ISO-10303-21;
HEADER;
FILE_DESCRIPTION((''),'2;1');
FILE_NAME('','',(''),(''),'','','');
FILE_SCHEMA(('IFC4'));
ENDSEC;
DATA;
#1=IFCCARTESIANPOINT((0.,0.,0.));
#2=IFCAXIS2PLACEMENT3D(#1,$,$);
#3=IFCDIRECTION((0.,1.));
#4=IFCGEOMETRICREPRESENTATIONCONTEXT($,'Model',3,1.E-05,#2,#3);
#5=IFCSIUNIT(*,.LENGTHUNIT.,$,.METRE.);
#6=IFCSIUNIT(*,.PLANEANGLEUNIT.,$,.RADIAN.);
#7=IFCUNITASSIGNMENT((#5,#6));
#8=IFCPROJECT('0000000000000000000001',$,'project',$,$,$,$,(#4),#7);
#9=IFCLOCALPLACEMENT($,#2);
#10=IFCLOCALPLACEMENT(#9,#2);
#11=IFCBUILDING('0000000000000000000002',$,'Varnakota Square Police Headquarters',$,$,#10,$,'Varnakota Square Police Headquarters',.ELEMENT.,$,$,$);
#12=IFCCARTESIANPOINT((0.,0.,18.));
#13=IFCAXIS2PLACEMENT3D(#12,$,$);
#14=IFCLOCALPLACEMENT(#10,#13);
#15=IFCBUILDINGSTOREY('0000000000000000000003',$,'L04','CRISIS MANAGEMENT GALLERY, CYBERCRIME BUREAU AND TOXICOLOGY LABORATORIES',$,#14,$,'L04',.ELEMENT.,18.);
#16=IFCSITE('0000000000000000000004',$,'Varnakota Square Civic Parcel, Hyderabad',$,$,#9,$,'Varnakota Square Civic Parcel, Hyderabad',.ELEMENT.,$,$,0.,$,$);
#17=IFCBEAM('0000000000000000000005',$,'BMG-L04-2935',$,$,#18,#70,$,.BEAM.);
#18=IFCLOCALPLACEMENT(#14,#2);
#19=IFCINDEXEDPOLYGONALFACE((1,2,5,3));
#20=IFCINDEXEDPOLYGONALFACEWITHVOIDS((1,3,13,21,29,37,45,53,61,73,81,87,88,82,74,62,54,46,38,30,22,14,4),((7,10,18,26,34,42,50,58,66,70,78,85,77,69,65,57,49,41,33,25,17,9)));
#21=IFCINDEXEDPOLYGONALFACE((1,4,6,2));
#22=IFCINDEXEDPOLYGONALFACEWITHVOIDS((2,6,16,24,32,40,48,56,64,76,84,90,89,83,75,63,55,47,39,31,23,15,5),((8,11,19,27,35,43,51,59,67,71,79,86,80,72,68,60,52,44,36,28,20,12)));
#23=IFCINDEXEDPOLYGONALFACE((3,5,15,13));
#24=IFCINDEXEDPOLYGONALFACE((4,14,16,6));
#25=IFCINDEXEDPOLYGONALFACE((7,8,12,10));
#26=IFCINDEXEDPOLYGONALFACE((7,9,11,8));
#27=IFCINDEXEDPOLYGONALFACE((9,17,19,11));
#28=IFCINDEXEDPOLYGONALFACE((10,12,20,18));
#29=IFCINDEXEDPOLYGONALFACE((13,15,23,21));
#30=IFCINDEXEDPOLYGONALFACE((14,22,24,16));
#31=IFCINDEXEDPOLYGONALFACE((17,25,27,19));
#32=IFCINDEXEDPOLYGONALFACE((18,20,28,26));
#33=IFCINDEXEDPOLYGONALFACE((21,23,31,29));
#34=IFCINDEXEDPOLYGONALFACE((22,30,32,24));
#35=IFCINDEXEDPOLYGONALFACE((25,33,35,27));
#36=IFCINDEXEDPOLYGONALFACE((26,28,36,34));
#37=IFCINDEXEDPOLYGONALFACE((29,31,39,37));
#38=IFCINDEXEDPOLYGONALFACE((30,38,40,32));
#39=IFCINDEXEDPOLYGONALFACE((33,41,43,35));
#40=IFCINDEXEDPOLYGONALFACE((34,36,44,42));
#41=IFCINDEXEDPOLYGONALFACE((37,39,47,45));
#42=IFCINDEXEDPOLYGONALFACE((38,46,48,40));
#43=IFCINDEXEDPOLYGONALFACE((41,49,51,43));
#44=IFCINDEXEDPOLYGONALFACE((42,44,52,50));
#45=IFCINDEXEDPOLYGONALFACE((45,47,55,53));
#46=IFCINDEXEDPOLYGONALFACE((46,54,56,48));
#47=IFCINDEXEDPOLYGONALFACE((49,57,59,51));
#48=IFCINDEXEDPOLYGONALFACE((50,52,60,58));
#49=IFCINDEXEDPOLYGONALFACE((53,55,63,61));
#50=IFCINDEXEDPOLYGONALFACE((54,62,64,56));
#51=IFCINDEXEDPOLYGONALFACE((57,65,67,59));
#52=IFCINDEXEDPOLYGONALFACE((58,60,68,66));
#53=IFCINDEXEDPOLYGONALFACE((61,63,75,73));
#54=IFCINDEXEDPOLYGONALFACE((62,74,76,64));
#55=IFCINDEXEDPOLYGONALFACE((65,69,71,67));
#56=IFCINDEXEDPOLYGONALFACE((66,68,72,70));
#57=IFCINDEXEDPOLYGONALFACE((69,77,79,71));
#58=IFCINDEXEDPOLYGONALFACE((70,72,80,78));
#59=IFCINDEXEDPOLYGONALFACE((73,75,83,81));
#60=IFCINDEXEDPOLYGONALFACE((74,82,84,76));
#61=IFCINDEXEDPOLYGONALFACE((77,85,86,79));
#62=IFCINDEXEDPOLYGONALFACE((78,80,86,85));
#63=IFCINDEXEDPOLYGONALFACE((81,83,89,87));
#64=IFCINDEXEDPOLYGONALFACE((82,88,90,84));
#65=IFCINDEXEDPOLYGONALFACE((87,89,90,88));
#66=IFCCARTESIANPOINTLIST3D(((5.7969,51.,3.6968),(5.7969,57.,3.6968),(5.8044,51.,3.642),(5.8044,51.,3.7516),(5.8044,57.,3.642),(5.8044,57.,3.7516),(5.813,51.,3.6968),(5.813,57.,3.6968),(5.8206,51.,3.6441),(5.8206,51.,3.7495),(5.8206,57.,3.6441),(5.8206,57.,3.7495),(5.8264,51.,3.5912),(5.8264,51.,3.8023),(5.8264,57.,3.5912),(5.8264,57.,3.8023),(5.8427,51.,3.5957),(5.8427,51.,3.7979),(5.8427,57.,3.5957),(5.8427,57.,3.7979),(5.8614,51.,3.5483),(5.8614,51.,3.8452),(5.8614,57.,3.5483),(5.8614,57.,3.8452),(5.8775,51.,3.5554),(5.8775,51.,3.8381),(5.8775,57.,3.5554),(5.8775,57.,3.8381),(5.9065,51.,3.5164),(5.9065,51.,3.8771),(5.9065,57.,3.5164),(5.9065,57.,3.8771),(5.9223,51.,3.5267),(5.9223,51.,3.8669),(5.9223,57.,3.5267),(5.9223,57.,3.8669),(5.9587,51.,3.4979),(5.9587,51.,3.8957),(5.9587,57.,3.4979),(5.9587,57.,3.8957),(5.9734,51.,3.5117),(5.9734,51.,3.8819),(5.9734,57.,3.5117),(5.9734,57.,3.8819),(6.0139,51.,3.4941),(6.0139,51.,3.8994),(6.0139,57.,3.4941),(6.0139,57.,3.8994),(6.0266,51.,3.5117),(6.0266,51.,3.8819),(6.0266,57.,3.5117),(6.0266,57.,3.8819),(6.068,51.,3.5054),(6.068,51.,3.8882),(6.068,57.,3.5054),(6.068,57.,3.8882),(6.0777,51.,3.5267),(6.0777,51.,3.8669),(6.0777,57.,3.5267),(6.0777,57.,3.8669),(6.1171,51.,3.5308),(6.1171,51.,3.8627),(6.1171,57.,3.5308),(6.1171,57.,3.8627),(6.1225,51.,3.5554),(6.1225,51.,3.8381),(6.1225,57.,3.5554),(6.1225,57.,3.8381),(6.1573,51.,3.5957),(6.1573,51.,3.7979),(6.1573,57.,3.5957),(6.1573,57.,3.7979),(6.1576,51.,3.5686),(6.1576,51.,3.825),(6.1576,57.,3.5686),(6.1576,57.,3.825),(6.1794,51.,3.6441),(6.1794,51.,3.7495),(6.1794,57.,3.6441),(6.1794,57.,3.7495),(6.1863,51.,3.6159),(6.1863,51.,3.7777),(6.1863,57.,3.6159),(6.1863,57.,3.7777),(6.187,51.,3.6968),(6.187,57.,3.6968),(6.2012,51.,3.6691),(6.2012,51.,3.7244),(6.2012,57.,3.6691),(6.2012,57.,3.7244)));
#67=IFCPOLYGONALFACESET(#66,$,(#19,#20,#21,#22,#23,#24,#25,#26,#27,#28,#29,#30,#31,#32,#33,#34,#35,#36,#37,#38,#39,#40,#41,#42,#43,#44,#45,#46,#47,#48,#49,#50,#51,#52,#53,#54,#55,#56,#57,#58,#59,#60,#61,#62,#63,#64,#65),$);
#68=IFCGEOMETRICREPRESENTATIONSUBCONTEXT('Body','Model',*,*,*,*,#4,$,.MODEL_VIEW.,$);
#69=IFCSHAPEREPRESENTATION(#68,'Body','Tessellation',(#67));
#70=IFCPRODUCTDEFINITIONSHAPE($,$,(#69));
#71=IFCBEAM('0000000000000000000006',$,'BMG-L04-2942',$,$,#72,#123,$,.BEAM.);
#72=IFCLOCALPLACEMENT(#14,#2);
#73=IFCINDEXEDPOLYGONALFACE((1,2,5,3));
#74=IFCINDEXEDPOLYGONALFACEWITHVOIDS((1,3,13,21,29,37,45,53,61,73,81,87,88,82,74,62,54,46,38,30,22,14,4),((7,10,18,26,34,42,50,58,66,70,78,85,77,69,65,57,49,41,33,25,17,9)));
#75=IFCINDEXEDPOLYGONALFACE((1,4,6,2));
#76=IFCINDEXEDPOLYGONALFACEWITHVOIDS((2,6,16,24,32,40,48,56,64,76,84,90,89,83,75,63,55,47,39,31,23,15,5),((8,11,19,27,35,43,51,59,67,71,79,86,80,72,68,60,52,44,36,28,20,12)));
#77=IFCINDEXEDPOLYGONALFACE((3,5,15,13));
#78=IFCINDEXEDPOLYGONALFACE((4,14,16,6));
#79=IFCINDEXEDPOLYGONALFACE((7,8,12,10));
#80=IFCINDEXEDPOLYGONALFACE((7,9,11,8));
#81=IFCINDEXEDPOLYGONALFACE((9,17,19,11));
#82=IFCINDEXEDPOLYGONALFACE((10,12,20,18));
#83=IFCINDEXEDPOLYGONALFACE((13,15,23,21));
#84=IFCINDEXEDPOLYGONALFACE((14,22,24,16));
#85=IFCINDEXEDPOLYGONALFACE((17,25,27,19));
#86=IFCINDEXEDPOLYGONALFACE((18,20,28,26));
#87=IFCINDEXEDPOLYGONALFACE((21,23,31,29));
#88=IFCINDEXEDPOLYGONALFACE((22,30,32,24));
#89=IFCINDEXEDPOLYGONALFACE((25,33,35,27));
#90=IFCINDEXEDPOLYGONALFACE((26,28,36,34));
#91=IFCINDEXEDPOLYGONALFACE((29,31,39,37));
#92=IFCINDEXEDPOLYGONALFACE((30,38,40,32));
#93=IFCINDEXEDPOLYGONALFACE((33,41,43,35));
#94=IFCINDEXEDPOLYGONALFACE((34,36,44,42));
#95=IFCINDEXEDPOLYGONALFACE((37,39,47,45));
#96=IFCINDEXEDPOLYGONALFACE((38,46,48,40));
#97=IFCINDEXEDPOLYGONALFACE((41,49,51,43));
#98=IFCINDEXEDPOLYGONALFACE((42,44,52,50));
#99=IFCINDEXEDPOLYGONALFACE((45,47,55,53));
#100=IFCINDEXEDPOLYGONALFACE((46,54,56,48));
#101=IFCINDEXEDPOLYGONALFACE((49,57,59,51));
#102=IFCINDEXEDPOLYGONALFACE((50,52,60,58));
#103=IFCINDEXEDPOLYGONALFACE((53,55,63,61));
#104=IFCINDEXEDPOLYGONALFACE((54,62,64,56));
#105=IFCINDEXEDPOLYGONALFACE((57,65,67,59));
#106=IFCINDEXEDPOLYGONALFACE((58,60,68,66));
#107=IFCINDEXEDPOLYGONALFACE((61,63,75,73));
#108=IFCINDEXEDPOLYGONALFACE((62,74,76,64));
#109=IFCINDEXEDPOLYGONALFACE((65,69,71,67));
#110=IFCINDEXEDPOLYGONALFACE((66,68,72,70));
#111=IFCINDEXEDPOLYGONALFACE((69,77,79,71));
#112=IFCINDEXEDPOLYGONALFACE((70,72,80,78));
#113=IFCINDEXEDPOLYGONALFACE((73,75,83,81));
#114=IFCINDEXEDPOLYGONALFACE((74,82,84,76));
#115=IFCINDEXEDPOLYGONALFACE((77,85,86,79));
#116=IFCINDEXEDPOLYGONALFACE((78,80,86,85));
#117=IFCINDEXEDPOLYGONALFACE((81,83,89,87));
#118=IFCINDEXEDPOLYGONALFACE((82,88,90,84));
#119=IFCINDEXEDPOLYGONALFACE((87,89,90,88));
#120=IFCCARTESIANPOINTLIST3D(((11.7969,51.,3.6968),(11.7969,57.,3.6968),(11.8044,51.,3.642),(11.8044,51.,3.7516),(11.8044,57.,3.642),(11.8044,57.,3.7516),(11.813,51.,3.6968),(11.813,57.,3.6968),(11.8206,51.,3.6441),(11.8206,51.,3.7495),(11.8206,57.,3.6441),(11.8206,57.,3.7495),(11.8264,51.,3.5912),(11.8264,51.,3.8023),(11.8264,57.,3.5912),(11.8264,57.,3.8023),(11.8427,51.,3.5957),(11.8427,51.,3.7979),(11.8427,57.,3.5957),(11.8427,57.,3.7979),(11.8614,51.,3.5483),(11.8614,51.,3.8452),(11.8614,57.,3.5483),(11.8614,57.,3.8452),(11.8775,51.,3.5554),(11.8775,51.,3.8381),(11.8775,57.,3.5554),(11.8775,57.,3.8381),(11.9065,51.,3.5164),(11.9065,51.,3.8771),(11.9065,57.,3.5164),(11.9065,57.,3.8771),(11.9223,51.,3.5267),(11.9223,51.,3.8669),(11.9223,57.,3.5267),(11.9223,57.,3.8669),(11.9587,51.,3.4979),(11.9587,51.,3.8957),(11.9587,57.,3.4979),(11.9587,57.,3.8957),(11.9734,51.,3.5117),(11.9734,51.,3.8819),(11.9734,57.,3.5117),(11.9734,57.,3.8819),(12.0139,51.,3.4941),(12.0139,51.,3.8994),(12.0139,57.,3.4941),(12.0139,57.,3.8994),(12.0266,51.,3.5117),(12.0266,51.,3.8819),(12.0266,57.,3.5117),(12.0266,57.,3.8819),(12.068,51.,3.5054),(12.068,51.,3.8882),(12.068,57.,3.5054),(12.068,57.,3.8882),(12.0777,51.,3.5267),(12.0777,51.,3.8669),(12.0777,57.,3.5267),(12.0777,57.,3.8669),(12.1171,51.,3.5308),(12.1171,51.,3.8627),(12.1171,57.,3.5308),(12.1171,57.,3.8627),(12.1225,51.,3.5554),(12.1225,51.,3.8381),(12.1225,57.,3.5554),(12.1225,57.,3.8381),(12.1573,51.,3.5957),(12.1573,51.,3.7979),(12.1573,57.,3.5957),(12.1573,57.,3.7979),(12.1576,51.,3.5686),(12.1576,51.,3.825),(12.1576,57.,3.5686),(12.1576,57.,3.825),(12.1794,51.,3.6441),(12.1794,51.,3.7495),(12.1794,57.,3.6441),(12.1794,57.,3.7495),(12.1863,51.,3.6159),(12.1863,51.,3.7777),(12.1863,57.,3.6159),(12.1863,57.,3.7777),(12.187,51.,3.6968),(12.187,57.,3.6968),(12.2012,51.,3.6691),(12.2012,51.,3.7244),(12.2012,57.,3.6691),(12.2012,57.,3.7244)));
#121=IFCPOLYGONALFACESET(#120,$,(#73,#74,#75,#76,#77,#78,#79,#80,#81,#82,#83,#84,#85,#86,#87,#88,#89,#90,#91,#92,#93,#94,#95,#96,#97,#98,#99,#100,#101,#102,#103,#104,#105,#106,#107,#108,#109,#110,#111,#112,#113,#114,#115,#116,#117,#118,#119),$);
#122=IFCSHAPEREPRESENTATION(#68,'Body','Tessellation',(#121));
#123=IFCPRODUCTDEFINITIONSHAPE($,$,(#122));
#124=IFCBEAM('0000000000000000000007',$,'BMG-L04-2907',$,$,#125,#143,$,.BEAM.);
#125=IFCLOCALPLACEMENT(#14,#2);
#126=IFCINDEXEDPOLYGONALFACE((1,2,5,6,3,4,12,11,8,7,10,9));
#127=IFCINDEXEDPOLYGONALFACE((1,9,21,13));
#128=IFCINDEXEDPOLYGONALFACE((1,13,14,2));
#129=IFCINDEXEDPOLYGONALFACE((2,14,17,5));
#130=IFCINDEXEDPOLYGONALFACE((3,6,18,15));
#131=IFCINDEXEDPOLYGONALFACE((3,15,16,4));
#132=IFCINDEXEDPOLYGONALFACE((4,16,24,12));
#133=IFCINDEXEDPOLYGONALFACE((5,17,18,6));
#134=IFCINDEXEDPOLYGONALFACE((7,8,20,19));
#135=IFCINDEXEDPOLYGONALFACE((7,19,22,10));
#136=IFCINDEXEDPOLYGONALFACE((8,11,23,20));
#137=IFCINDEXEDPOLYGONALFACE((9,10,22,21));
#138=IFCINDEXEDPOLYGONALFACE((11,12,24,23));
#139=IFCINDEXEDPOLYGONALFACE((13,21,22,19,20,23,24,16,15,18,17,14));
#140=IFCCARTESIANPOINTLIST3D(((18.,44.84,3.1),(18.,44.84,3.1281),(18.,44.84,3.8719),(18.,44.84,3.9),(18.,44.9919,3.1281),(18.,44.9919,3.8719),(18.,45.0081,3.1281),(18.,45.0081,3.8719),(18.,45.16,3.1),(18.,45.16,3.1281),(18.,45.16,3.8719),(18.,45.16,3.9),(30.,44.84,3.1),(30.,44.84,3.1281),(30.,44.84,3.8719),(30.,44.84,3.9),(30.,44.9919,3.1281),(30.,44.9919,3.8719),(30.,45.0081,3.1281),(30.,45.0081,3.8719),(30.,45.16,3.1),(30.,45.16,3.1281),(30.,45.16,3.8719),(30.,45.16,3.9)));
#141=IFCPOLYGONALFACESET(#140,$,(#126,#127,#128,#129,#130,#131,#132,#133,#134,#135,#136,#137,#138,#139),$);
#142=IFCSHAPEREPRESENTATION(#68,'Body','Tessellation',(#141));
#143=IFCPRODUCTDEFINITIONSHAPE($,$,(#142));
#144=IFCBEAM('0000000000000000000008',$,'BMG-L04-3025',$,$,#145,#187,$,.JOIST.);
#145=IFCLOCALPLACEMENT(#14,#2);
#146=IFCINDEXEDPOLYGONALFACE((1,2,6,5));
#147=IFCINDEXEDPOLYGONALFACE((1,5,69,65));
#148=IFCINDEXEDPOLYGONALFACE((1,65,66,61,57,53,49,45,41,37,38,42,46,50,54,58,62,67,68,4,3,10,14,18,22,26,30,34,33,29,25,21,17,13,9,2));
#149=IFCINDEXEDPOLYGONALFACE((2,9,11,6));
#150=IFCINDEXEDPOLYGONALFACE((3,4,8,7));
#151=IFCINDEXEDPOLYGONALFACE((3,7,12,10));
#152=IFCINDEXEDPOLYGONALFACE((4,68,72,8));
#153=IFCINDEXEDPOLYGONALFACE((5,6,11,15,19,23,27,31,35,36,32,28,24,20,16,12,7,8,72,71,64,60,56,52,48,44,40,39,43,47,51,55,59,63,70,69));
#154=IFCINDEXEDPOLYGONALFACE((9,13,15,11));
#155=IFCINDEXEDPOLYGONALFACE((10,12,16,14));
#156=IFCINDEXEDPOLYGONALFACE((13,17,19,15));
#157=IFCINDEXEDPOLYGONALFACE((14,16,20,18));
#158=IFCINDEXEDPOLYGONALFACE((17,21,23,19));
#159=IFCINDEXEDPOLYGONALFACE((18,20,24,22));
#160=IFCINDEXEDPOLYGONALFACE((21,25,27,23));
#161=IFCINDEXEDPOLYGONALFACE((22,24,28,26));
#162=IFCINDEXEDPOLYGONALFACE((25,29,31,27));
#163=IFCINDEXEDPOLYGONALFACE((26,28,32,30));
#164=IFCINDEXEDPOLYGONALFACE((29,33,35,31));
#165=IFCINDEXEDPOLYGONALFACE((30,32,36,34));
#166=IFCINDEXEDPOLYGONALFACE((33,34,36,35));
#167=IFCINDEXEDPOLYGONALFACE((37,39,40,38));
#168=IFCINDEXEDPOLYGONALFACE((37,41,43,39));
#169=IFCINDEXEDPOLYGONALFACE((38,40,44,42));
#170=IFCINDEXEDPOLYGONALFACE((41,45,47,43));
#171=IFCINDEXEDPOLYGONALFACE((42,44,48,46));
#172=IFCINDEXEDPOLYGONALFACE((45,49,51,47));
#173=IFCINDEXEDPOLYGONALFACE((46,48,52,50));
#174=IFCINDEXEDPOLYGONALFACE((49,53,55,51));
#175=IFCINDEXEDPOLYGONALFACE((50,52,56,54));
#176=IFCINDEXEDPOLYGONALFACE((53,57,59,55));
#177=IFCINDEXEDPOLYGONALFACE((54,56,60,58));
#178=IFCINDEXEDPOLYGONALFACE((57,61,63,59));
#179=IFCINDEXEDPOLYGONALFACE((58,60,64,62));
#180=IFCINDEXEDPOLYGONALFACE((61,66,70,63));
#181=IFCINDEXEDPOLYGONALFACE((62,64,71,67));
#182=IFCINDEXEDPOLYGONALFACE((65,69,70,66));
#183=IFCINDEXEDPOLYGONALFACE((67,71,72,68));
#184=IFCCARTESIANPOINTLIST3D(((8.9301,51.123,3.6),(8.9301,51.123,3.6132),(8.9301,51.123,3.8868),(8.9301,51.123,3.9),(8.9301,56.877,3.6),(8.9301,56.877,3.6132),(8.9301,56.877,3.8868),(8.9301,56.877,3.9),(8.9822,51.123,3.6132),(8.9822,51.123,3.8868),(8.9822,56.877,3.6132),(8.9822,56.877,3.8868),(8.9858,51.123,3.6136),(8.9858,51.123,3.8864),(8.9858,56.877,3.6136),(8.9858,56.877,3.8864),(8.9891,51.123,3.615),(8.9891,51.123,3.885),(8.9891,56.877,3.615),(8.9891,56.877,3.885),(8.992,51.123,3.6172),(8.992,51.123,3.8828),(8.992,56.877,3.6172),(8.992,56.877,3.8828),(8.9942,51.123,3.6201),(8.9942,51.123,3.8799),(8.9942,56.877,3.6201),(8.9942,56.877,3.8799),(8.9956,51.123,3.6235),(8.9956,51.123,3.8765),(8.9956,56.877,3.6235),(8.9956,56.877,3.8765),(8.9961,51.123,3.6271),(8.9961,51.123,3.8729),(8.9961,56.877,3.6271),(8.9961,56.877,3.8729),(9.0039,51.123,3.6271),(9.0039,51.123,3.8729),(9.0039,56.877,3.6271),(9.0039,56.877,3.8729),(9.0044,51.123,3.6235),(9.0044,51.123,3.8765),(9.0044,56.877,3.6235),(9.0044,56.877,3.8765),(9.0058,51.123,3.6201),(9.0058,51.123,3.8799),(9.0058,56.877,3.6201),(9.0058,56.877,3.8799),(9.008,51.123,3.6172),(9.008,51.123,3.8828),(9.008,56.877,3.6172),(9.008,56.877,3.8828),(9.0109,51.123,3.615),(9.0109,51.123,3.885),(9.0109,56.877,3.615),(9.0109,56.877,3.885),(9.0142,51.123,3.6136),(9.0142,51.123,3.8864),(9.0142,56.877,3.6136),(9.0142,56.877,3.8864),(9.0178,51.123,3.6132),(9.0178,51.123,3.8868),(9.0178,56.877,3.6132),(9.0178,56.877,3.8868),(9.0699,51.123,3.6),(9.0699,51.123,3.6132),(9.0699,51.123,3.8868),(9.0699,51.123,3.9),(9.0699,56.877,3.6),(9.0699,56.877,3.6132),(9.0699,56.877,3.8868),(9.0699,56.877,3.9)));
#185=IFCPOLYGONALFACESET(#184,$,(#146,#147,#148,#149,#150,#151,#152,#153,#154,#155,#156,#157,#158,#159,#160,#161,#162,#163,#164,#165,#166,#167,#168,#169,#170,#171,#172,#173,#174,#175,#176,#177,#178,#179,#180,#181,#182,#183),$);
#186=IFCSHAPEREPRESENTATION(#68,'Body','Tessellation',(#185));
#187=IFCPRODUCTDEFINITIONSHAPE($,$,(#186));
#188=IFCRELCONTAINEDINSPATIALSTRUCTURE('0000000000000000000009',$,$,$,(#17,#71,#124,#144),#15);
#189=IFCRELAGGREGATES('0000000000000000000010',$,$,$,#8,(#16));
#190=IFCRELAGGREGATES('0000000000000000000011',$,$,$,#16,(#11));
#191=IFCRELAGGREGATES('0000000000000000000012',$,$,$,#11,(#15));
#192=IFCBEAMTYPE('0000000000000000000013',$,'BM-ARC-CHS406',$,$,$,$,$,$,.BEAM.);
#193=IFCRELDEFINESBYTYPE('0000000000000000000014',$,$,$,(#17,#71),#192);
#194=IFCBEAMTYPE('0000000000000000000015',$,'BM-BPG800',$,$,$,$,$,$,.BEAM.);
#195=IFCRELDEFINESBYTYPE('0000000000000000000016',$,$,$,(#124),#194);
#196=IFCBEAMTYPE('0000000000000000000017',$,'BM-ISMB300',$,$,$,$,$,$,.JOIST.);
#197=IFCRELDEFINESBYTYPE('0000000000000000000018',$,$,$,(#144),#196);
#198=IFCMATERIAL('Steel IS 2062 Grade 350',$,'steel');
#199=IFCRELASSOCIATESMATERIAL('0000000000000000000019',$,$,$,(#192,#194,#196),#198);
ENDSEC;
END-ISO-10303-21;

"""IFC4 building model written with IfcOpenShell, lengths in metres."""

from ifc_helpers import new_model, si_unit, direction, frame, origin, origin_2d, place, context, subcontext, project, spatial, hollow_circle, i_section, extrude, material, material_profile, profile_set, type_object, element, save


model = new_model("IFC4")

# Units and contexts
model_context = context("Model", 3, precision=1e-05, world=origin(), true_north=direction((0.0, 1.0)))
body_context = subcontext(model_context, "Body", "Model", "MODEL_VIEW")
ifc_project = project(units=[si_unit("LENGTHUNIT", "METRE"), si_unit("PLANEANGLEUNIT", "RADIAN")], contexts=[model_context])

# Site, building, storey
site_placement = place(None, origin())
site = spatial("IfcSite", under=ifc_project, at=site_placement, Name="Varnakota Square Civic Parcel, Hyderabad", LongName="Varnakota Square Civic Parcel, Hyderabad", CompositionType="ELEMENT", RefElevation=0.0)
building_placement = place(site_placement, origin())
building = spatial("IfcBuilding", under=site, at=building_placement, Name="Varnakota Square Police Headquarters", LongName="Varnakota Square Police Headquarters", CompositionType="ELEMENT")
storey_placement = place(building_placement, frame((0.0, 0.0, 18.0)))
storey = spatial("IfcBuildingStorey", under=building, at=storey_placement, Name="L04", Description="CRISIS MANAGEMENT GALLERY, CYBERCRIME BUREAU AND TOXICOLOGY LABORATORIES", LongName="L04", CompositionType="ELEMENT", Elevation=18.0)

# Shared definitions
ifc_material_1 = material(Name="Steel IS 2062 Grade 350", Category="steel")

# Beams
ifc_material_profile_1 = material_profile(ifc_material_1, hollow_circle(Radius=0.2031, WallThickness=0.0161, at=origin_2d()), Name="CHS 406.4x16.0")
ifc_profile_set_1 = profile_set([ifc_material_profile_1], Name="Steel IS 2062 Grade 350")
beam_type_1 = type_object("IfcBeamType", Name="BM-ARC-CHS406", PredefinedType="BEAM", material=ifc_profile_set_1)
for number, where, z_axis, x_axis, name in (
    (1, (6.0, 51.0, 3.6968), (0.0, 1.0, 0.0), (-1.0, 0.0, 0.0), "BMG-L04-2935"),
    (2, (12.0, 51.0, 3.6968), (0.0, 1.0, 0.0), (-1.0, 0.0, 0.0), "BMG-L04-2942"),
):
    element("IfcBeam", number, at=place(storey_placement, frame(where, z_axis=z_axis, x_axis=x_axis)), inside=storey, type_object=beam_type_1, Name=name, PredefinedType="BEAM", context=body_context, shape_type="SweptSolid", body=[
        extrude(hollow_circle(Radius=0.2031, WallThickness=0.0161, at=origin_2d()), origin(), (0.0, 0.0, 1.0), 6.0),
    ])
ifc_material_profile_2 = material_profile(ifc_material_1, i_section(OverallWidth=0.3201, OverallDepth=0.8, WebThickness=0.0161, FlangeThickness=0.0281, at=origin_2d()), Name="BPG 800x320")
ifc_profile_set_2 = profile_set([ifc_material_profile_2], Name="Steel IS 2062 Grade 350")
beam_type_2 = type_object("IfcBeamType", Name="BM-BPG800", PredefinedType="BEAM", material=ifc_profile_set_2)
beam_1_placement = place(storey_placement, frame((18.0, 45.0, 3.5), z_axis=(1.0, 0.0, 0.0), x_axis=(0.0, 1.0, 0.0)))
element("IfcBeam", 3, at=beam_1_placement, inside=storey, type_object=beam_type_2, Name="BMG-L04-2907", PredefinedType="BEAM", context=body_context, shape_type="SweptSolid", body=[
    extrude(i_section(OverallWidth=0.3201, OverallDepth=0.8, WebThickness=0.0161, FlangeThickness=0.0281, at=origin_2d()), origin(), (0.0, 0.0, 1.0), 12.0),
])
ifc_material_profile_3 = material_profile(ifc_material_1, i_section(OverallWidth=0.1399, OverallDepth=0.3, WebThickness=0.0078, FlangeThickness=0.0132, FilletRadius=0.0139, at=origin_2d()), Name="ISMB 300")
ifc_profile_set_3 = profile_set([ifc_material_profile_3], Name="Steel IS 2062 Grade 350")
beam_type_3 = type_object("IfcBeamType", Name="BM-ISMB300", PredefinedType="JOIST", material=ifc_profile_set_3)
for number, where, z_axis, x_axis, name in (
    (4, (9.0, 51.123, 3.75), (0.0, 1.0, 0.0), (-1.0, 0.0, 0.0), "BMG-L04-3025"),
):
    element("IfcBeam", number, at=place(storey_placement, frame(where, z_axis=z_axis, x_axis=x_axis)), inside=storey, type_object=beam_type_3, Name=name, PredefinedType="JOIST", context=body_context, shape_type="SweptSolid", body=[
        extrude(i_section(OverallWidth=0.1399, OverallDepth=0.3, WebThickness=0.0078, FlangeThickness=0.0132, FilletRadius=0.0139, at=origin_2d()), origin(), (0.0, 0.0, 1.0), 5.7539),
    ])

save(model, "model.ifc")
